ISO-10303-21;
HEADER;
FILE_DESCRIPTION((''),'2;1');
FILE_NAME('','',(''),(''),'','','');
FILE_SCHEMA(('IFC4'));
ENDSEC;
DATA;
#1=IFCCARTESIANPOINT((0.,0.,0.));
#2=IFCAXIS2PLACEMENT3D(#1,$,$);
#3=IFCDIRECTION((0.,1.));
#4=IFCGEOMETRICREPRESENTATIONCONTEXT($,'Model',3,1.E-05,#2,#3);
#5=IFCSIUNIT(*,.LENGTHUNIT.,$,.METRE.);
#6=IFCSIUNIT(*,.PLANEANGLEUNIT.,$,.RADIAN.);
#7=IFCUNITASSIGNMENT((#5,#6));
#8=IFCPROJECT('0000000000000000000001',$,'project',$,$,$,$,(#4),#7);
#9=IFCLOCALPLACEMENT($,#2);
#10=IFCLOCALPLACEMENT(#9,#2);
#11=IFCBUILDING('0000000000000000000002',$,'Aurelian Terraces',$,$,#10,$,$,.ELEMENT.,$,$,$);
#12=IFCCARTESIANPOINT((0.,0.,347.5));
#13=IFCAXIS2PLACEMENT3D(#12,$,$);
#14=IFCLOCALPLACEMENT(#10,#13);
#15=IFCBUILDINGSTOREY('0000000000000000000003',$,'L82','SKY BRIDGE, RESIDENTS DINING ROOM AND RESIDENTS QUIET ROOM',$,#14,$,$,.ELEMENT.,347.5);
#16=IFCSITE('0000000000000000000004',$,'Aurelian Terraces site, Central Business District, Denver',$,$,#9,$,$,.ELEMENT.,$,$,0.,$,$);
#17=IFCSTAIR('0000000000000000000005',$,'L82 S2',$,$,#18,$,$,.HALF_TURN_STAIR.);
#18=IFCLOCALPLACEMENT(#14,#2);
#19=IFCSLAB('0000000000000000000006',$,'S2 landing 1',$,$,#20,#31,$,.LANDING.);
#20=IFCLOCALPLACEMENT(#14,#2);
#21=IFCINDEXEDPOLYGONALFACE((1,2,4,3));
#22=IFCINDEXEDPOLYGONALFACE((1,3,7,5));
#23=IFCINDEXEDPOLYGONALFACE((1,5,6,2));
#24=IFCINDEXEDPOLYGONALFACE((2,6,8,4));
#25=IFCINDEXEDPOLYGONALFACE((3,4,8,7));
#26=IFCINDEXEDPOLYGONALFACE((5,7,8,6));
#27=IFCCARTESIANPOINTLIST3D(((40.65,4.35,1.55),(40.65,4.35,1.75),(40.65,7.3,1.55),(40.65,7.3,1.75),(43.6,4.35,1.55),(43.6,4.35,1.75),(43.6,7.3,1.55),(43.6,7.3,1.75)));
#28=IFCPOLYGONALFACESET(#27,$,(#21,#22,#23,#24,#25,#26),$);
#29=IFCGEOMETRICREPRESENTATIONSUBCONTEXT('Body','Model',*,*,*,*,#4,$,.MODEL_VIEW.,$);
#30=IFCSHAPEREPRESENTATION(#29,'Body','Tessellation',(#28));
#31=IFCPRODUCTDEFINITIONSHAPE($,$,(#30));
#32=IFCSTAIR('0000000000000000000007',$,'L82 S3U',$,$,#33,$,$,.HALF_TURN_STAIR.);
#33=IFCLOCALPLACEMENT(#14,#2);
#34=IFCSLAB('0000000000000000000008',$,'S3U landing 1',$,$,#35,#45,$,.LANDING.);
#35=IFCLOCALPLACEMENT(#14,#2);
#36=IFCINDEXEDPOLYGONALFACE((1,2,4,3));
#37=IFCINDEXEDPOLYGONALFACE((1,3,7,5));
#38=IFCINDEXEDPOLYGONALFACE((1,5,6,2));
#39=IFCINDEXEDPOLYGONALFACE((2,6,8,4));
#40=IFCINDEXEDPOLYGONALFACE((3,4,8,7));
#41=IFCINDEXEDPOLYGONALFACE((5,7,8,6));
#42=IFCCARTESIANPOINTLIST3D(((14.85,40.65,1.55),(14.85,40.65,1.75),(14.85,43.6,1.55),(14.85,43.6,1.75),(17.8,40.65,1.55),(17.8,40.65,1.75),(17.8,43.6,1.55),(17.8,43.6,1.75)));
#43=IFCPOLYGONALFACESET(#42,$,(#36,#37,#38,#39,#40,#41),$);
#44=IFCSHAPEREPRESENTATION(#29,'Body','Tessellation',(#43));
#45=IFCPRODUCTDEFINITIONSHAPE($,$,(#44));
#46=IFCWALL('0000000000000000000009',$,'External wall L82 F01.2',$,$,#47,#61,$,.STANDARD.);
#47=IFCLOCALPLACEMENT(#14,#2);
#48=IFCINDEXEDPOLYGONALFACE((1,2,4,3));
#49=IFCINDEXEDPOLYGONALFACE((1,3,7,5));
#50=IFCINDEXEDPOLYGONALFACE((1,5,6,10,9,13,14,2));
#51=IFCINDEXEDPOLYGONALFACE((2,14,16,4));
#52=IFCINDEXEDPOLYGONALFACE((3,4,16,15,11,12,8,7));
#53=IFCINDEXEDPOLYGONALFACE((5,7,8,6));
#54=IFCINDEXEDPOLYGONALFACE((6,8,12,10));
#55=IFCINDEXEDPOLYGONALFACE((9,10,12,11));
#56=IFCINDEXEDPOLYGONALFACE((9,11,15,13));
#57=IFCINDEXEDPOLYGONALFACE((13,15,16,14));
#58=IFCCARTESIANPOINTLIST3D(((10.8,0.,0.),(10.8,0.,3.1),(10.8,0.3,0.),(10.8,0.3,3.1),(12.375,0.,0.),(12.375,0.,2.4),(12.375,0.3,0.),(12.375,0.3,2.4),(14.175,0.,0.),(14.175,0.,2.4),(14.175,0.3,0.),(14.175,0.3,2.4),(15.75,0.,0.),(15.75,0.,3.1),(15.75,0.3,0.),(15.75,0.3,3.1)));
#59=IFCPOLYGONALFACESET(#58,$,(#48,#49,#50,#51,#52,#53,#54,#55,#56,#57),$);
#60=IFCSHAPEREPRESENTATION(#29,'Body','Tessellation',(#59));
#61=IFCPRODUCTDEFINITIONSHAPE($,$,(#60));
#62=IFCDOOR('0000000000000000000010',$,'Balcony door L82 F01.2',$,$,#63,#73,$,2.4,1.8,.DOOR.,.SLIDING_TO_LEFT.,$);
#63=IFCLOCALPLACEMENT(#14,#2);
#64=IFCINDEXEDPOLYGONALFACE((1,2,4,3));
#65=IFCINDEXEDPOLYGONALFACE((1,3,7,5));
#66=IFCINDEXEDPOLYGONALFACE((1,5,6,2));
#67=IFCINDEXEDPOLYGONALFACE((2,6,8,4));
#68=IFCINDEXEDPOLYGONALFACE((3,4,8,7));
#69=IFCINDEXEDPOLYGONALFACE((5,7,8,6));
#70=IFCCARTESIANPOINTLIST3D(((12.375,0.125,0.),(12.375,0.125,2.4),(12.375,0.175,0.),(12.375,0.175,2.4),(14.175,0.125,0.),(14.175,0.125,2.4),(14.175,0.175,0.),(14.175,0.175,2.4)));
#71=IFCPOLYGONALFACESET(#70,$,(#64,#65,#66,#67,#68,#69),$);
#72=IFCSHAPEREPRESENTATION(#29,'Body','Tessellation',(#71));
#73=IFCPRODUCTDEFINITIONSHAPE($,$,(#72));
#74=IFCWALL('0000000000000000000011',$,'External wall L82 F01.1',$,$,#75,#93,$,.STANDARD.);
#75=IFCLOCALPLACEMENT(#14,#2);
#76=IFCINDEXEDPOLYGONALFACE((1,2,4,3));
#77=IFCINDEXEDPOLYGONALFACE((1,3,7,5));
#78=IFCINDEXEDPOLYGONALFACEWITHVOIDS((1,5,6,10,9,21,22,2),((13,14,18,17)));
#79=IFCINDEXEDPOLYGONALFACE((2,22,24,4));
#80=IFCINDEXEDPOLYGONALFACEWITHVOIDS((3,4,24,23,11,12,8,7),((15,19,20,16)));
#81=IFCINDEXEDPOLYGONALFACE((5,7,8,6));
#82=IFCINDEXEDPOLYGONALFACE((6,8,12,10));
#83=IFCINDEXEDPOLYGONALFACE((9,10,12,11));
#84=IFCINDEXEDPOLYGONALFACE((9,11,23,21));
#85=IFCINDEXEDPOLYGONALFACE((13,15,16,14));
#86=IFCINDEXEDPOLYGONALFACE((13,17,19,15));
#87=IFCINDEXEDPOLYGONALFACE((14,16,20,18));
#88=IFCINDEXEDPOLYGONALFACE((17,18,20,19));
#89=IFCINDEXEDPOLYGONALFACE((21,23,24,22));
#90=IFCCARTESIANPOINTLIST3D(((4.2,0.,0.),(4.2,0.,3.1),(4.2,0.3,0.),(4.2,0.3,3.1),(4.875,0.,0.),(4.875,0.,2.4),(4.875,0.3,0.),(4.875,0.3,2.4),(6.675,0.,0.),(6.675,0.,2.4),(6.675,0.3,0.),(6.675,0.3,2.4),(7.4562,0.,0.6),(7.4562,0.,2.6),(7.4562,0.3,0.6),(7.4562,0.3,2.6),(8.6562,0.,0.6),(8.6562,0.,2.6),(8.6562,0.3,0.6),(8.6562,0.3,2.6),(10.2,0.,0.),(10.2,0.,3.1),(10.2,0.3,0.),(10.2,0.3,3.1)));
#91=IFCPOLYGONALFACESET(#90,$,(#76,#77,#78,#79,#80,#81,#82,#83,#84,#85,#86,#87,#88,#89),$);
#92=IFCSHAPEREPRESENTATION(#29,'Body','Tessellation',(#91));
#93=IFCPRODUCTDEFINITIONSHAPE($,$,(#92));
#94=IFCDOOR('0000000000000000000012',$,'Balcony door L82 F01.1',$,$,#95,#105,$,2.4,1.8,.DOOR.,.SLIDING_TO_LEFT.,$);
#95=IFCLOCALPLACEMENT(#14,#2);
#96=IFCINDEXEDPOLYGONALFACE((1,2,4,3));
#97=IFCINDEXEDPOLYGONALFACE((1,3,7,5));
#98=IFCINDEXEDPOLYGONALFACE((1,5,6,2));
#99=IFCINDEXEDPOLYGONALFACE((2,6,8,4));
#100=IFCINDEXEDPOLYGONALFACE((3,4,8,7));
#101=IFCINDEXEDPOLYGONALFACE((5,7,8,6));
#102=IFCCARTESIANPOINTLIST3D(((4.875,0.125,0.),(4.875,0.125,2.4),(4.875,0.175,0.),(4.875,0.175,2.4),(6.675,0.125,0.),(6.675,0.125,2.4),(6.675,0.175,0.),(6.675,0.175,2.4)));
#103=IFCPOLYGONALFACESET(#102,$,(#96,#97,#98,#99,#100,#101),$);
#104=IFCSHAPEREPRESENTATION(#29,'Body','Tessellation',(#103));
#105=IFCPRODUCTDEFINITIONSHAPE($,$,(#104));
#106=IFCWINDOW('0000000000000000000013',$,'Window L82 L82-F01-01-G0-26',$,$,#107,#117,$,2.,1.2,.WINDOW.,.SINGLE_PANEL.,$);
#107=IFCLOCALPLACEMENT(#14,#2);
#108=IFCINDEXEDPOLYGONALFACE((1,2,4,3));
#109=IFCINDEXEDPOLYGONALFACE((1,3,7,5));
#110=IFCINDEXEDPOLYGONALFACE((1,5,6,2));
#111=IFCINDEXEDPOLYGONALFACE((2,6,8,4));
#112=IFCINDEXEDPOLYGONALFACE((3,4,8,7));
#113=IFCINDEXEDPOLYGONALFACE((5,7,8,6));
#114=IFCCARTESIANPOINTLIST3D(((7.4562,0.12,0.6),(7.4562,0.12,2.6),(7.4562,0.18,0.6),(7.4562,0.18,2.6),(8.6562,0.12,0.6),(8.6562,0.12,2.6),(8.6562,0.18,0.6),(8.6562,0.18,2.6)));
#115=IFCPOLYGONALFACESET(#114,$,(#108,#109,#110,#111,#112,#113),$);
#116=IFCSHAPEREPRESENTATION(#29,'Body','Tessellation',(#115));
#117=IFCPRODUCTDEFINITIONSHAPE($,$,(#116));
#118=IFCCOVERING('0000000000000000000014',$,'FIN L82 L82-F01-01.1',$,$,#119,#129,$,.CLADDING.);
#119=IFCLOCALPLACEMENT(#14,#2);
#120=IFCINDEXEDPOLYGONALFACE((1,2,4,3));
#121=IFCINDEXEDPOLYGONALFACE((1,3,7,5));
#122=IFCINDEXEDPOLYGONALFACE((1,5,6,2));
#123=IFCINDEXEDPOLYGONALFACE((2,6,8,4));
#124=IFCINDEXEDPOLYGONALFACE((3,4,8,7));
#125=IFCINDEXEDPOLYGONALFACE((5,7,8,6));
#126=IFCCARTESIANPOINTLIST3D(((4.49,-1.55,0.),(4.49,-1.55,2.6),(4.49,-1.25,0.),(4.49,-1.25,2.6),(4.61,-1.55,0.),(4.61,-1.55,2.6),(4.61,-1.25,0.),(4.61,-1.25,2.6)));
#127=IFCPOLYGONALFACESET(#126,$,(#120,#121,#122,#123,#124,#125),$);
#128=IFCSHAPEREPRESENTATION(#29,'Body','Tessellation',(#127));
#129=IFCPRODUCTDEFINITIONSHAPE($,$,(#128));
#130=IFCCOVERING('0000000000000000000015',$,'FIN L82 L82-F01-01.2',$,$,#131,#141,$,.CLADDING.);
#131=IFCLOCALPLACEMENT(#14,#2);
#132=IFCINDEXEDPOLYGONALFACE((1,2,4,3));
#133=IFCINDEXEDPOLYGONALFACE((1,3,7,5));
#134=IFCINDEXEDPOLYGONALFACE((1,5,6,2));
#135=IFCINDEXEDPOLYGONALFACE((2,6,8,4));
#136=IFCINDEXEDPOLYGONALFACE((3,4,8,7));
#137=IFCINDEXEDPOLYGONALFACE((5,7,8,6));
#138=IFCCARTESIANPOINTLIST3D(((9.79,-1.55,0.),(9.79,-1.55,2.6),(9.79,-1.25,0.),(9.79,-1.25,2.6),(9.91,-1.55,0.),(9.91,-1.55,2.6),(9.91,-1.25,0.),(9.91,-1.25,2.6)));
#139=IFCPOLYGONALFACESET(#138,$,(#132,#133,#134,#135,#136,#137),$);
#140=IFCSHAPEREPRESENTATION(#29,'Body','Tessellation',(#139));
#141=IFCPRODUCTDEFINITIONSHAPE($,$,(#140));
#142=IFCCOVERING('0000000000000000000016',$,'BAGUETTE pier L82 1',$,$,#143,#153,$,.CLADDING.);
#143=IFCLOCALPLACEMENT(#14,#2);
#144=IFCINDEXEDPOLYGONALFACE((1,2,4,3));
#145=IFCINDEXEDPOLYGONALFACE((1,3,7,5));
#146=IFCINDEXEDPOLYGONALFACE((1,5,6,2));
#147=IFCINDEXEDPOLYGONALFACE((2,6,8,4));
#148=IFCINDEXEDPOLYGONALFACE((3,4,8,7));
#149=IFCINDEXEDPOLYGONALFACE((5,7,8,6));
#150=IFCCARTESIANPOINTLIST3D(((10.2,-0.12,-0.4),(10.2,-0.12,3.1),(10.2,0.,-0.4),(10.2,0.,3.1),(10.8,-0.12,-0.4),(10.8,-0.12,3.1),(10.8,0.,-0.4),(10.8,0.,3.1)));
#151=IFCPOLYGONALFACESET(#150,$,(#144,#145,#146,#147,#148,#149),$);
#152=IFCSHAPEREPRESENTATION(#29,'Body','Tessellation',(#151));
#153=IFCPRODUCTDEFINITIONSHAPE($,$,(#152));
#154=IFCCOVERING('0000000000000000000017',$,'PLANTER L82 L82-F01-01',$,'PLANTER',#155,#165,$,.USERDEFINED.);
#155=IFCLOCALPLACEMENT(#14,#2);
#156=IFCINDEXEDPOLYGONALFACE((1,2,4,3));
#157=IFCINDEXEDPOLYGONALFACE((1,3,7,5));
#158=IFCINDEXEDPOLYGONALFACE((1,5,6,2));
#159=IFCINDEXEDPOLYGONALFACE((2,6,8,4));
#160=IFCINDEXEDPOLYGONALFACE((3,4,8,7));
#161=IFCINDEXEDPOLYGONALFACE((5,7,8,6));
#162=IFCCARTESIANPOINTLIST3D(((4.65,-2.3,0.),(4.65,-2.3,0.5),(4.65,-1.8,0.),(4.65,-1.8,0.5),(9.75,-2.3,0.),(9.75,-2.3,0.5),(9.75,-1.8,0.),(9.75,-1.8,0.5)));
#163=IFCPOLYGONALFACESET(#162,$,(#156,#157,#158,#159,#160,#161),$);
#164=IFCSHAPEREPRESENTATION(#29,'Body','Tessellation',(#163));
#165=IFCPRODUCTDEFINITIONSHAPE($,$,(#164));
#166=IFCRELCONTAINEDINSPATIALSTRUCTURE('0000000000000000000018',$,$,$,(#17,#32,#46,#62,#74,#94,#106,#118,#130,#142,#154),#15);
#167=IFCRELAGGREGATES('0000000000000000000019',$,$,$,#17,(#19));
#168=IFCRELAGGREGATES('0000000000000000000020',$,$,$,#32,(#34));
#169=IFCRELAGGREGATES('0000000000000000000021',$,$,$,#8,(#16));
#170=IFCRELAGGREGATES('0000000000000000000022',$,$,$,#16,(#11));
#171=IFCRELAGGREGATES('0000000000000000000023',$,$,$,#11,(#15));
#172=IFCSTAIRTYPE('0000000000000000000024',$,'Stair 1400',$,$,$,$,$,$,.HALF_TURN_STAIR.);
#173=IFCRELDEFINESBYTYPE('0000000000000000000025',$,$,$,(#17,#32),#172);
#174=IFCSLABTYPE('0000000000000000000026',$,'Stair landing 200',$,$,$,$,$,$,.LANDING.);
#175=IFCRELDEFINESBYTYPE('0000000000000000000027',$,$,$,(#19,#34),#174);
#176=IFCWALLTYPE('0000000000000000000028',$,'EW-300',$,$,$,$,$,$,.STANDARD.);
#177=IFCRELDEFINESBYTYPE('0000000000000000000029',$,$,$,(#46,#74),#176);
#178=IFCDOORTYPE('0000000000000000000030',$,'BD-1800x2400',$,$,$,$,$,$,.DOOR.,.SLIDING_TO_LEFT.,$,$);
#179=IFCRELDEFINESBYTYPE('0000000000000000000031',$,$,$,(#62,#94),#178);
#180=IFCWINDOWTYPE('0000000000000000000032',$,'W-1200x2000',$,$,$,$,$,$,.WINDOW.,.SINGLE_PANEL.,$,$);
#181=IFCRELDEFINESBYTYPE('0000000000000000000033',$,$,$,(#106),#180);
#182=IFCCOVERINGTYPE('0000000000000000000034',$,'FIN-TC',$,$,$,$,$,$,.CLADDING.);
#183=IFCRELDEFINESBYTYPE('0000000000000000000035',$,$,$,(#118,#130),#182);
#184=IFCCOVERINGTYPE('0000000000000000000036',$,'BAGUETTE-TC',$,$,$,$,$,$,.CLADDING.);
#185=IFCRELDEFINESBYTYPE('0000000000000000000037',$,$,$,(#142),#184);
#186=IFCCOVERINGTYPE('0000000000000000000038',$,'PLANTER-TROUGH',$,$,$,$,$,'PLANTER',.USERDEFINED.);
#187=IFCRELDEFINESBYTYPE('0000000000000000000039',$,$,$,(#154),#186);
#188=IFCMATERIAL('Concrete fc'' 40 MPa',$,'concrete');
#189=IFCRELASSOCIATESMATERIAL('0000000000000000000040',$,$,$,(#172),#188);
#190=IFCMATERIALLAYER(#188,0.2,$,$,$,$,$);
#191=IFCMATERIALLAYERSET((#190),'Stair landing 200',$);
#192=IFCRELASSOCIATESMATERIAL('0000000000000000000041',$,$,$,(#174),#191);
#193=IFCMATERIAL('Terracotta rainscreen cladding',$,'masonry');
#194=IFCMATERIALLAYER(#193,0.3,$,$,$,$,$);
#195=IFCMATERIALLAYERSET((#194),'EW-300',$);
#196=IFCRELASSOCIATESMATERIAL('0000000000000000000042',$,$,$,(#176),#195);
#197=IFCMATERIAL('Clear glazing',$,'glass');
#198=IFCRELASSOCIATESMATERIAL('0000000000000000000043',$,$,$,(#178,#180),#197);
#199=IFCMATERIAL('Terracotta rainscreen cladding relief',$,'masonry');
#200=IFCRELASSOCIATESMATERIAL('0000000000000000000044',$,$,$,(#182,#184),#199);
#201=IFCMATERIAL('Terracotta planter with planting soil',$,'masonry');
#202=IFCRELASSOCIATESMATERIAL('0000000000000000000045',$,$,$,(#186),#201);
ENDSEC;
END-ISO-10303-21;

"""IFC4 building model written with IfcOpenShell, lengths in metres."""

from ifc_helpers import new_model, si_unit, direction, frame, frame_2d, origin, origin_2d, place, context, subcontext, project, spatial, polyline, rectangle, outline, extrude, source, transform, mapped, material, layer, layer_set, type_object, element, fill, aggregate, save


model = new_model("IFC4")

# Units and contexts
model_context = context("Model", 3, precision=1e-05, world=origin(), true_north=direction((0.0, 1.0)))
body_context = subcontext(model_context, "Body", "Model", "MODEL_VIEW")
ifc_project = project(units=[si_unit("LENGTHUNIT", "METRE"), si_unit("PLANEANGLEUNIT", "RADIAN")], contexts=[model_context])

# Site, building, storey
site_placement = place(None, origin())
site = spatial("IfcSite", under=ifc_project, at=site_placement, Name="Aurelian Terraces site, Central Business District, Denver", CompositionType="ELEMENT", RefElevation=0.0)
building_placement = place(site_placement, origin())
building = spatial("IfcBuilding", under=site, at=building_placement, Name="Aurelian Terraces", CompositionType="ELEMENT")
storey_placement = place(building_placement, frame((0.0, 0.0, 347.5)))
storey = spatial("IfcBuildingStorey", under=building, at=storey_placement, Name="L82", Description="SKY BRIDGE, RESIDENTS DINING ROOM AND RESIDENTS QUIET ROOM", CompositionType="ELEMENT", Elevation=347.5)

# Shared definitions
ifc_material_1 = material(Name="Concrete fc' 40 MPa", Category="concrete")

# Stairs, slabs
stair_type = type_object("IfcStairType", Name="Stair 1400", PredefinedType="HALF_TURN_STAIR", material=ifc_material_1)
ifc_layer_1 = layer(ifc_material_1, 0.2)
ifc_layer_set_1 = layer_set([ifc_layer_1], Name="Stair landing 200")
slab_type_1 = type_object("IfcSlabType", Name="Stair landing 200", PredefinedType="LANDING", material=ifc_layer_set_1)
stair_1_placement = place(storey_placement, origin())
stair_1 = element("IfcStair", 1, at=stair_1_placement, inside=storey, type_object=stair_type, Name="L82 S2", PredefinedType="HALF_TURN_STAIR")
shared_shape_1 = source(origin(), body_context, "Body", "SweptSolid", [
    extrude(outline(polyline([(43.6, 4.35), (43.6, 7.3), (40.65, 7.3), (40.65, 4.35), (43.6, 4.35)])), origin(), (0.0, 0.0, 1.0), 0.2),
])
slab_1_placement = place(storey_placement, frame((0.0, 0.0, 1.55)))
slab_1 = element("IfcSlab", 2, at=slab_1_placement, type_object=slab_type_1, Name="S2 landing 1", PredefinedType="LANDING", context=body_context, shape_type="MappedRepresentation", body=[
    mapped(shared_shape_1, transform((0.0, 0.0, 0.0), scale=1.0)),
])
aggregate(stair_1, [slab_1])
stair_2_placement = place(storey_placement, origin())
stair_2 = element("IfcStair", 3, at=stair_2_placement, inside=storey, type_object=stair_type, Name="L82 S3U", PredefinedType="HALF_TURN_STAIR")
shared_shape_2 = source(origin(), body_context, "Body", "SweptSolid", [
    extrude(outline(polyline([(14.85, 40.65), (17.8, 40.65), (17.8, 43.6), (14.85, 43.6), (14.85, 40.65)])), origin(), (0.0, 0.0, 1.0), 0.2),
])
slab_2_placement = place(storey_placement, frame((0.0, 0.0, 1.55)))
slab_2 = element("IfcSlab", 4, at=slab_2_placement, type_object=slab_type_1, Name="S3U landing 1", PredefinedType="LANDING", context=body_context, shape_type="MappedRepresentation", body=[
    mapped(shared_shape_2, transform((0.0, 0.0, 0.0), scale=1.0)),
])
aggregate(stair_2, [slab_2])

# Wall, opening, door
ifc_material_2 = material(Name="Terracotta rainscreen cladding", Category="masonry")
ifc_layer_2 = layer(ifc_material_2, 0.3)
ifc_layer_set_2 = layer_set([ifc_layer_2], Name="EW-300")
wall_type = type_object("IfcWallType", Name="EW-300", PredefinedType="STANDARD", material=ifc_layer_set_2)
wall_1_placement = place(storey_placement, frame((10.8, 0.15, 0.0), z_axis=(0.0, 0.0, 1.0), x_axis=(1.0, 0.0, 0.0)))
wall_1 = element("IfcWall", 5, at=wall_1_placement, inside=storey, type_object=wall_type, Name="External wall L82 F01.2", PredefinedType="STANDARD", context=body_context, shape_type="SweptSolid", body=[
    extrude(rectangle(XDim=4.95, YDim=0.3, at=frame_2d((2.475, 0.0))), origin(), (0.0, 0.0, 1.0), 3.1),
])
shared_shape_3 = source(origin(), body_context, "Body", "SweptSolid", [
    extrude(rectangle(XDim=1.8, YDim=2.4, at=frame_2d((0.9, 1.2))), frame((0.0, 0.16, 0.0), z_axis=(0.0, -1.0, 0.0), x_axis=(1.0, 0.0, 0.0)), (0.0, 0.0, 1.0), 0.32),
])
opening_1_placement = place(wall_1_placement, frame((1.575, 0.0, 0.0)))
opening_1 = element("IfcOpeningElement", 6, at=opening_1_placement, cuts=wall_1, PredefinedType="OPENING", context=body_context, shape_type="MappedRepresentation", body=[
    mapped(shared_shape_3, transform((0.0, 0.0, 0.0), scale=1.0)),
])
ifc_material_3 = material(Name="Clear glazing", Category="glass")
door_type = type_object("IfcDoorType", Name="BD-1800x2400", OperationType="SLIDING_TO_LEFT", PredefinedType="DOOR", material=ifc_material_3)
shared_shape_4 = source(origin(), body_context, "Body", "SweptSolid", [
    extrude(rectangle(XDim=1.8, YDim=2.4, at=frame_2d((0.9, 1.2))), frame((0.0, 0.025, 0.0), z_axis=(0.0, -1.0, 0.0), x_axis=(1.0, 0.0, 0.0)), (0.0, 0.0, 1.0), 0.05),
])
door_1_placement = place(opening_1_placement, origin())
door_1 = element("IfcDoor", 7, at=door_1_placement, inside=storey, type_object=door_type, Name="Balcony door L82 F01.2", OperationType="SLIDING_TO_LEFT", OverallHeight=2.4, OverallWidth=1.8, PredefinedType="DOOR", context=body_context, shape_type="MappedRepresentation", body=[
    mapped(shared_shape_4, transform((0.0, 0.0, 0.0), scale=1.0)),
])
fill(opening_1, door_1)

# Wall, openings, door, window
shared_shape_5 = source(origin(), body_context, "Body", "SweptSolid", [
    extrude(rectangle(XDim=6.0, YDim=0.3, at=frame_2d((3.0, 0.0))), origin(), (0.0, 0.0, 1.0), 3.1),
])
wall_2_placement = place(storey_placement, frame((4.2, 0.15, 0.0), z_axis=(0.0, 0.0, 1.0), x_axis=(1.0, 0.0, 0.0)))
wall_2 = element("IfcWall", 8, at=wall_2_placement, inside=storey, type_object=wall_type, Name="External wall L82 F01.1", PredefinedType="STANDARD", context=body_context, shape_type="MappedRepresentation", body=[
    mapped(shared_shape_5, transform((0.0, 0.0, 0.0), scale=1.0)),
])
opening_2_placement = place(wall_2_placement, frame((0.675, 0.0, 0.0)))
opening_2 = element("IfcOpeningElement", 9, at=opening_2_placement, cuts=wall_2, PredefinedType="OPENING", context=body_context, shape_type="MappedRepresentation", body=[
    mapped(shared_shape_3, transform((0.0, 0.0, 0.0), scale=1.0)),
])
shared_shape_6 = source(origin(), body_context, "Body", "SweptSolid", [
    extrude(rectangle(XDim=1.2, YDim=2.0, at=frame_2d((0.6, 1.0))), frame((0.0, 0.16, 0.0), z_axis=(0.0, -1.0, 0.0), x_axis=(1.0, 0.0, 0.0)), (0.0, 0.0, 1.0), 0.32),
])
opening_3_placement = place(wall_2_placement, frame((3.2562, 0.0, 0.6)))
opening_3 = element("IfcOpeningElement", 10, at=opening_3_placement, cuts=wall_2, PredefinedType="OPENING", context=body_context, shape_type="MappedRepresentation", body=[
    mapped(shared_shape_6, transform((0.0, 0.0, 0.0), scale=1.0)),
])
door_2_placement = place(opening_2_placement, origin())
door_2 = element("IfcDoor", 11, at=door_2_placement, inside=storey, type_object=door_type, Name="Balcony door L82 F01.1", OperationType="SLIDING_TO_LEFT", OverallHeight=2.4, OverallWidth=1.8, PredefinedType="DOOR", context=body_context, shape_type="MappedRepresentation", body=[
    mapped(shared_shape_4, transform((0.0, 0.0, 0.0), scale=1.0)),
])
fill(opening_2, door_2)
window_type = type_object("IfcWindowType", Name="W-1200x2000", PartitioningType="SINGLE_PANEL", PredefinedType="WINDOW", material=ifc_material_3)
shared_shape_7 = source(origin(), body_context, "Body", "SweptSolid", [
    extrude(rectangle(XDim=1.2, YDim=2.0, at=frame_2d((0.6, 1.0))), frame((0.0, 0.03, 0.0), z_axis=(0.0, -1.0, 0.0), x_axis=(1.0, 0.0, 0.0)), (0.0, 0.0, 1.0), 0.06),
])
window_placement = place(opening_3_placement, origin())
window = element("IfcWindow", 12, at=window_placement, inside=storey, type_object=window_type, Name="Window L82 L82-F01-01-G0-26", OverallHeight=2.0, OverallWidth=1.2, PartitioningType="SINGLE_PANEL", PredefinedType="WINDOW", context=body_context, shape_type="MappedRepresentation", body=[
    mapped(shared_shape_7, transform((0.0, 0.0, 0.0), scale=1.0)),
])
fill(opening_3, window)

# Coverings
ifc_material_4 = material(Name="Terracotta rainscreen cladding relief", Category="masonry")
covering_type_1 = type_object("IfcCoveringType", Name="FIN-TC", PredefinedType="CLADDING", material=ifc_material_4)
shared_shape_8 = source(origin(), body_context, "Body", "SweptSolid", [
    extrude(rectangle(XDim=0.12, YDim=0.3, at=origin_2d()), origin(), (0.0, 0.0, 1.0), 2.6),
])
for number, where, z_axis, x_axis, name in (
    (13, (4.55, -1.4, 0.0), (0.0, 0.0, 1.0), (1.0, 0.0, 0.0), "FIN L82 L82-F01-01.1"),
    (14, (9.85, -1.4, 0.0), (0.0, 0.0, 1.0), (1.0, 0.0, 0.0), "FIN L82 L82-F01-01.2"),
):
    element("IfcCovering", number, at=place(storey_placement, frame(where, z_axis=z_axis, x_axis=x_axis)), inside=storey, type_object=covering_type_1, Name=name, PredefinedType="CLADDING", context=body_context, shape_type="MappedRepresentation", body=[
        mapped(shared_shape_8, transform((0.0, 0.0, 0.0), scale=1.0)),
    ])
covering_type_2 = type_object("IfcCoveringType", Name="BAGUETTE-TC", PredefinedType="CLADDING", material=ifc_material_4)
shared_shape_9 = source(origin(), body_context, "Body", "SweptSolid", [
    extrude(rectangle(XDim=0.6, YDim=0.12, at=origin_2d()), origin(), (0.0, 0.0, 1.0), 3.5),
])
covering_1_placement = place(storey_placement, frame((10.5, -0.06, -0.4), z_axis=(0.0, 0.0, 1.0), x_axis=(1.0, 0.0, 0.0)))
element("IfcCovering", 15, at=covering_1_placement, inside=storey, type_object=covering_type_2, Name="BAGUETTE pier L82 1", PredefinedType="CLADDING", context=body_context, shape_type="MappedRepresentation", body=[
    mapped(shared_shape_9, transform((0.0, 0.0, 0.0), scale=1.0)),
])

# Covering
ifc_material_5 = material(Name="Terracotta planter with planting soil", Category="masonry")
covering_type_3 = type_object("IfcCoveringType", Name="PLANTER-TROUGH", ElementType="PLANTER", PredefinedType="USERDEFINED", material=ifc_material_5)
shared_shape_10 = source(origin(), body_context, "Body", "SweptSolid", [
    extrude(rectangle(XDim=5.1, YDim=0.5, at=origin_2d()), origin(), (0.0, 0.0, 1.0), 0.5),
])
covering_2_placement = place(storey_placement, frame((7.2, -2.05, 0.0), z_axis=(0.0, 0.0, 1.0), x_axis=(1.0, 0.0, 0.0)))
element("IfcCovering", 16, at=covering_2_placement, inside=storey, type_object=covering_type_3, Name="PLANTER L82 L82-F01-01", ObjectType="PLANTER", PredefinedType="USERDEFINED", context=body_context, shape_type="MappedRepresentation", body=[
    mapped(shared_shape_10, transform((0.0, 0.0, 0.0), scale=1.0)),
])

save(model, "model.ifc")
